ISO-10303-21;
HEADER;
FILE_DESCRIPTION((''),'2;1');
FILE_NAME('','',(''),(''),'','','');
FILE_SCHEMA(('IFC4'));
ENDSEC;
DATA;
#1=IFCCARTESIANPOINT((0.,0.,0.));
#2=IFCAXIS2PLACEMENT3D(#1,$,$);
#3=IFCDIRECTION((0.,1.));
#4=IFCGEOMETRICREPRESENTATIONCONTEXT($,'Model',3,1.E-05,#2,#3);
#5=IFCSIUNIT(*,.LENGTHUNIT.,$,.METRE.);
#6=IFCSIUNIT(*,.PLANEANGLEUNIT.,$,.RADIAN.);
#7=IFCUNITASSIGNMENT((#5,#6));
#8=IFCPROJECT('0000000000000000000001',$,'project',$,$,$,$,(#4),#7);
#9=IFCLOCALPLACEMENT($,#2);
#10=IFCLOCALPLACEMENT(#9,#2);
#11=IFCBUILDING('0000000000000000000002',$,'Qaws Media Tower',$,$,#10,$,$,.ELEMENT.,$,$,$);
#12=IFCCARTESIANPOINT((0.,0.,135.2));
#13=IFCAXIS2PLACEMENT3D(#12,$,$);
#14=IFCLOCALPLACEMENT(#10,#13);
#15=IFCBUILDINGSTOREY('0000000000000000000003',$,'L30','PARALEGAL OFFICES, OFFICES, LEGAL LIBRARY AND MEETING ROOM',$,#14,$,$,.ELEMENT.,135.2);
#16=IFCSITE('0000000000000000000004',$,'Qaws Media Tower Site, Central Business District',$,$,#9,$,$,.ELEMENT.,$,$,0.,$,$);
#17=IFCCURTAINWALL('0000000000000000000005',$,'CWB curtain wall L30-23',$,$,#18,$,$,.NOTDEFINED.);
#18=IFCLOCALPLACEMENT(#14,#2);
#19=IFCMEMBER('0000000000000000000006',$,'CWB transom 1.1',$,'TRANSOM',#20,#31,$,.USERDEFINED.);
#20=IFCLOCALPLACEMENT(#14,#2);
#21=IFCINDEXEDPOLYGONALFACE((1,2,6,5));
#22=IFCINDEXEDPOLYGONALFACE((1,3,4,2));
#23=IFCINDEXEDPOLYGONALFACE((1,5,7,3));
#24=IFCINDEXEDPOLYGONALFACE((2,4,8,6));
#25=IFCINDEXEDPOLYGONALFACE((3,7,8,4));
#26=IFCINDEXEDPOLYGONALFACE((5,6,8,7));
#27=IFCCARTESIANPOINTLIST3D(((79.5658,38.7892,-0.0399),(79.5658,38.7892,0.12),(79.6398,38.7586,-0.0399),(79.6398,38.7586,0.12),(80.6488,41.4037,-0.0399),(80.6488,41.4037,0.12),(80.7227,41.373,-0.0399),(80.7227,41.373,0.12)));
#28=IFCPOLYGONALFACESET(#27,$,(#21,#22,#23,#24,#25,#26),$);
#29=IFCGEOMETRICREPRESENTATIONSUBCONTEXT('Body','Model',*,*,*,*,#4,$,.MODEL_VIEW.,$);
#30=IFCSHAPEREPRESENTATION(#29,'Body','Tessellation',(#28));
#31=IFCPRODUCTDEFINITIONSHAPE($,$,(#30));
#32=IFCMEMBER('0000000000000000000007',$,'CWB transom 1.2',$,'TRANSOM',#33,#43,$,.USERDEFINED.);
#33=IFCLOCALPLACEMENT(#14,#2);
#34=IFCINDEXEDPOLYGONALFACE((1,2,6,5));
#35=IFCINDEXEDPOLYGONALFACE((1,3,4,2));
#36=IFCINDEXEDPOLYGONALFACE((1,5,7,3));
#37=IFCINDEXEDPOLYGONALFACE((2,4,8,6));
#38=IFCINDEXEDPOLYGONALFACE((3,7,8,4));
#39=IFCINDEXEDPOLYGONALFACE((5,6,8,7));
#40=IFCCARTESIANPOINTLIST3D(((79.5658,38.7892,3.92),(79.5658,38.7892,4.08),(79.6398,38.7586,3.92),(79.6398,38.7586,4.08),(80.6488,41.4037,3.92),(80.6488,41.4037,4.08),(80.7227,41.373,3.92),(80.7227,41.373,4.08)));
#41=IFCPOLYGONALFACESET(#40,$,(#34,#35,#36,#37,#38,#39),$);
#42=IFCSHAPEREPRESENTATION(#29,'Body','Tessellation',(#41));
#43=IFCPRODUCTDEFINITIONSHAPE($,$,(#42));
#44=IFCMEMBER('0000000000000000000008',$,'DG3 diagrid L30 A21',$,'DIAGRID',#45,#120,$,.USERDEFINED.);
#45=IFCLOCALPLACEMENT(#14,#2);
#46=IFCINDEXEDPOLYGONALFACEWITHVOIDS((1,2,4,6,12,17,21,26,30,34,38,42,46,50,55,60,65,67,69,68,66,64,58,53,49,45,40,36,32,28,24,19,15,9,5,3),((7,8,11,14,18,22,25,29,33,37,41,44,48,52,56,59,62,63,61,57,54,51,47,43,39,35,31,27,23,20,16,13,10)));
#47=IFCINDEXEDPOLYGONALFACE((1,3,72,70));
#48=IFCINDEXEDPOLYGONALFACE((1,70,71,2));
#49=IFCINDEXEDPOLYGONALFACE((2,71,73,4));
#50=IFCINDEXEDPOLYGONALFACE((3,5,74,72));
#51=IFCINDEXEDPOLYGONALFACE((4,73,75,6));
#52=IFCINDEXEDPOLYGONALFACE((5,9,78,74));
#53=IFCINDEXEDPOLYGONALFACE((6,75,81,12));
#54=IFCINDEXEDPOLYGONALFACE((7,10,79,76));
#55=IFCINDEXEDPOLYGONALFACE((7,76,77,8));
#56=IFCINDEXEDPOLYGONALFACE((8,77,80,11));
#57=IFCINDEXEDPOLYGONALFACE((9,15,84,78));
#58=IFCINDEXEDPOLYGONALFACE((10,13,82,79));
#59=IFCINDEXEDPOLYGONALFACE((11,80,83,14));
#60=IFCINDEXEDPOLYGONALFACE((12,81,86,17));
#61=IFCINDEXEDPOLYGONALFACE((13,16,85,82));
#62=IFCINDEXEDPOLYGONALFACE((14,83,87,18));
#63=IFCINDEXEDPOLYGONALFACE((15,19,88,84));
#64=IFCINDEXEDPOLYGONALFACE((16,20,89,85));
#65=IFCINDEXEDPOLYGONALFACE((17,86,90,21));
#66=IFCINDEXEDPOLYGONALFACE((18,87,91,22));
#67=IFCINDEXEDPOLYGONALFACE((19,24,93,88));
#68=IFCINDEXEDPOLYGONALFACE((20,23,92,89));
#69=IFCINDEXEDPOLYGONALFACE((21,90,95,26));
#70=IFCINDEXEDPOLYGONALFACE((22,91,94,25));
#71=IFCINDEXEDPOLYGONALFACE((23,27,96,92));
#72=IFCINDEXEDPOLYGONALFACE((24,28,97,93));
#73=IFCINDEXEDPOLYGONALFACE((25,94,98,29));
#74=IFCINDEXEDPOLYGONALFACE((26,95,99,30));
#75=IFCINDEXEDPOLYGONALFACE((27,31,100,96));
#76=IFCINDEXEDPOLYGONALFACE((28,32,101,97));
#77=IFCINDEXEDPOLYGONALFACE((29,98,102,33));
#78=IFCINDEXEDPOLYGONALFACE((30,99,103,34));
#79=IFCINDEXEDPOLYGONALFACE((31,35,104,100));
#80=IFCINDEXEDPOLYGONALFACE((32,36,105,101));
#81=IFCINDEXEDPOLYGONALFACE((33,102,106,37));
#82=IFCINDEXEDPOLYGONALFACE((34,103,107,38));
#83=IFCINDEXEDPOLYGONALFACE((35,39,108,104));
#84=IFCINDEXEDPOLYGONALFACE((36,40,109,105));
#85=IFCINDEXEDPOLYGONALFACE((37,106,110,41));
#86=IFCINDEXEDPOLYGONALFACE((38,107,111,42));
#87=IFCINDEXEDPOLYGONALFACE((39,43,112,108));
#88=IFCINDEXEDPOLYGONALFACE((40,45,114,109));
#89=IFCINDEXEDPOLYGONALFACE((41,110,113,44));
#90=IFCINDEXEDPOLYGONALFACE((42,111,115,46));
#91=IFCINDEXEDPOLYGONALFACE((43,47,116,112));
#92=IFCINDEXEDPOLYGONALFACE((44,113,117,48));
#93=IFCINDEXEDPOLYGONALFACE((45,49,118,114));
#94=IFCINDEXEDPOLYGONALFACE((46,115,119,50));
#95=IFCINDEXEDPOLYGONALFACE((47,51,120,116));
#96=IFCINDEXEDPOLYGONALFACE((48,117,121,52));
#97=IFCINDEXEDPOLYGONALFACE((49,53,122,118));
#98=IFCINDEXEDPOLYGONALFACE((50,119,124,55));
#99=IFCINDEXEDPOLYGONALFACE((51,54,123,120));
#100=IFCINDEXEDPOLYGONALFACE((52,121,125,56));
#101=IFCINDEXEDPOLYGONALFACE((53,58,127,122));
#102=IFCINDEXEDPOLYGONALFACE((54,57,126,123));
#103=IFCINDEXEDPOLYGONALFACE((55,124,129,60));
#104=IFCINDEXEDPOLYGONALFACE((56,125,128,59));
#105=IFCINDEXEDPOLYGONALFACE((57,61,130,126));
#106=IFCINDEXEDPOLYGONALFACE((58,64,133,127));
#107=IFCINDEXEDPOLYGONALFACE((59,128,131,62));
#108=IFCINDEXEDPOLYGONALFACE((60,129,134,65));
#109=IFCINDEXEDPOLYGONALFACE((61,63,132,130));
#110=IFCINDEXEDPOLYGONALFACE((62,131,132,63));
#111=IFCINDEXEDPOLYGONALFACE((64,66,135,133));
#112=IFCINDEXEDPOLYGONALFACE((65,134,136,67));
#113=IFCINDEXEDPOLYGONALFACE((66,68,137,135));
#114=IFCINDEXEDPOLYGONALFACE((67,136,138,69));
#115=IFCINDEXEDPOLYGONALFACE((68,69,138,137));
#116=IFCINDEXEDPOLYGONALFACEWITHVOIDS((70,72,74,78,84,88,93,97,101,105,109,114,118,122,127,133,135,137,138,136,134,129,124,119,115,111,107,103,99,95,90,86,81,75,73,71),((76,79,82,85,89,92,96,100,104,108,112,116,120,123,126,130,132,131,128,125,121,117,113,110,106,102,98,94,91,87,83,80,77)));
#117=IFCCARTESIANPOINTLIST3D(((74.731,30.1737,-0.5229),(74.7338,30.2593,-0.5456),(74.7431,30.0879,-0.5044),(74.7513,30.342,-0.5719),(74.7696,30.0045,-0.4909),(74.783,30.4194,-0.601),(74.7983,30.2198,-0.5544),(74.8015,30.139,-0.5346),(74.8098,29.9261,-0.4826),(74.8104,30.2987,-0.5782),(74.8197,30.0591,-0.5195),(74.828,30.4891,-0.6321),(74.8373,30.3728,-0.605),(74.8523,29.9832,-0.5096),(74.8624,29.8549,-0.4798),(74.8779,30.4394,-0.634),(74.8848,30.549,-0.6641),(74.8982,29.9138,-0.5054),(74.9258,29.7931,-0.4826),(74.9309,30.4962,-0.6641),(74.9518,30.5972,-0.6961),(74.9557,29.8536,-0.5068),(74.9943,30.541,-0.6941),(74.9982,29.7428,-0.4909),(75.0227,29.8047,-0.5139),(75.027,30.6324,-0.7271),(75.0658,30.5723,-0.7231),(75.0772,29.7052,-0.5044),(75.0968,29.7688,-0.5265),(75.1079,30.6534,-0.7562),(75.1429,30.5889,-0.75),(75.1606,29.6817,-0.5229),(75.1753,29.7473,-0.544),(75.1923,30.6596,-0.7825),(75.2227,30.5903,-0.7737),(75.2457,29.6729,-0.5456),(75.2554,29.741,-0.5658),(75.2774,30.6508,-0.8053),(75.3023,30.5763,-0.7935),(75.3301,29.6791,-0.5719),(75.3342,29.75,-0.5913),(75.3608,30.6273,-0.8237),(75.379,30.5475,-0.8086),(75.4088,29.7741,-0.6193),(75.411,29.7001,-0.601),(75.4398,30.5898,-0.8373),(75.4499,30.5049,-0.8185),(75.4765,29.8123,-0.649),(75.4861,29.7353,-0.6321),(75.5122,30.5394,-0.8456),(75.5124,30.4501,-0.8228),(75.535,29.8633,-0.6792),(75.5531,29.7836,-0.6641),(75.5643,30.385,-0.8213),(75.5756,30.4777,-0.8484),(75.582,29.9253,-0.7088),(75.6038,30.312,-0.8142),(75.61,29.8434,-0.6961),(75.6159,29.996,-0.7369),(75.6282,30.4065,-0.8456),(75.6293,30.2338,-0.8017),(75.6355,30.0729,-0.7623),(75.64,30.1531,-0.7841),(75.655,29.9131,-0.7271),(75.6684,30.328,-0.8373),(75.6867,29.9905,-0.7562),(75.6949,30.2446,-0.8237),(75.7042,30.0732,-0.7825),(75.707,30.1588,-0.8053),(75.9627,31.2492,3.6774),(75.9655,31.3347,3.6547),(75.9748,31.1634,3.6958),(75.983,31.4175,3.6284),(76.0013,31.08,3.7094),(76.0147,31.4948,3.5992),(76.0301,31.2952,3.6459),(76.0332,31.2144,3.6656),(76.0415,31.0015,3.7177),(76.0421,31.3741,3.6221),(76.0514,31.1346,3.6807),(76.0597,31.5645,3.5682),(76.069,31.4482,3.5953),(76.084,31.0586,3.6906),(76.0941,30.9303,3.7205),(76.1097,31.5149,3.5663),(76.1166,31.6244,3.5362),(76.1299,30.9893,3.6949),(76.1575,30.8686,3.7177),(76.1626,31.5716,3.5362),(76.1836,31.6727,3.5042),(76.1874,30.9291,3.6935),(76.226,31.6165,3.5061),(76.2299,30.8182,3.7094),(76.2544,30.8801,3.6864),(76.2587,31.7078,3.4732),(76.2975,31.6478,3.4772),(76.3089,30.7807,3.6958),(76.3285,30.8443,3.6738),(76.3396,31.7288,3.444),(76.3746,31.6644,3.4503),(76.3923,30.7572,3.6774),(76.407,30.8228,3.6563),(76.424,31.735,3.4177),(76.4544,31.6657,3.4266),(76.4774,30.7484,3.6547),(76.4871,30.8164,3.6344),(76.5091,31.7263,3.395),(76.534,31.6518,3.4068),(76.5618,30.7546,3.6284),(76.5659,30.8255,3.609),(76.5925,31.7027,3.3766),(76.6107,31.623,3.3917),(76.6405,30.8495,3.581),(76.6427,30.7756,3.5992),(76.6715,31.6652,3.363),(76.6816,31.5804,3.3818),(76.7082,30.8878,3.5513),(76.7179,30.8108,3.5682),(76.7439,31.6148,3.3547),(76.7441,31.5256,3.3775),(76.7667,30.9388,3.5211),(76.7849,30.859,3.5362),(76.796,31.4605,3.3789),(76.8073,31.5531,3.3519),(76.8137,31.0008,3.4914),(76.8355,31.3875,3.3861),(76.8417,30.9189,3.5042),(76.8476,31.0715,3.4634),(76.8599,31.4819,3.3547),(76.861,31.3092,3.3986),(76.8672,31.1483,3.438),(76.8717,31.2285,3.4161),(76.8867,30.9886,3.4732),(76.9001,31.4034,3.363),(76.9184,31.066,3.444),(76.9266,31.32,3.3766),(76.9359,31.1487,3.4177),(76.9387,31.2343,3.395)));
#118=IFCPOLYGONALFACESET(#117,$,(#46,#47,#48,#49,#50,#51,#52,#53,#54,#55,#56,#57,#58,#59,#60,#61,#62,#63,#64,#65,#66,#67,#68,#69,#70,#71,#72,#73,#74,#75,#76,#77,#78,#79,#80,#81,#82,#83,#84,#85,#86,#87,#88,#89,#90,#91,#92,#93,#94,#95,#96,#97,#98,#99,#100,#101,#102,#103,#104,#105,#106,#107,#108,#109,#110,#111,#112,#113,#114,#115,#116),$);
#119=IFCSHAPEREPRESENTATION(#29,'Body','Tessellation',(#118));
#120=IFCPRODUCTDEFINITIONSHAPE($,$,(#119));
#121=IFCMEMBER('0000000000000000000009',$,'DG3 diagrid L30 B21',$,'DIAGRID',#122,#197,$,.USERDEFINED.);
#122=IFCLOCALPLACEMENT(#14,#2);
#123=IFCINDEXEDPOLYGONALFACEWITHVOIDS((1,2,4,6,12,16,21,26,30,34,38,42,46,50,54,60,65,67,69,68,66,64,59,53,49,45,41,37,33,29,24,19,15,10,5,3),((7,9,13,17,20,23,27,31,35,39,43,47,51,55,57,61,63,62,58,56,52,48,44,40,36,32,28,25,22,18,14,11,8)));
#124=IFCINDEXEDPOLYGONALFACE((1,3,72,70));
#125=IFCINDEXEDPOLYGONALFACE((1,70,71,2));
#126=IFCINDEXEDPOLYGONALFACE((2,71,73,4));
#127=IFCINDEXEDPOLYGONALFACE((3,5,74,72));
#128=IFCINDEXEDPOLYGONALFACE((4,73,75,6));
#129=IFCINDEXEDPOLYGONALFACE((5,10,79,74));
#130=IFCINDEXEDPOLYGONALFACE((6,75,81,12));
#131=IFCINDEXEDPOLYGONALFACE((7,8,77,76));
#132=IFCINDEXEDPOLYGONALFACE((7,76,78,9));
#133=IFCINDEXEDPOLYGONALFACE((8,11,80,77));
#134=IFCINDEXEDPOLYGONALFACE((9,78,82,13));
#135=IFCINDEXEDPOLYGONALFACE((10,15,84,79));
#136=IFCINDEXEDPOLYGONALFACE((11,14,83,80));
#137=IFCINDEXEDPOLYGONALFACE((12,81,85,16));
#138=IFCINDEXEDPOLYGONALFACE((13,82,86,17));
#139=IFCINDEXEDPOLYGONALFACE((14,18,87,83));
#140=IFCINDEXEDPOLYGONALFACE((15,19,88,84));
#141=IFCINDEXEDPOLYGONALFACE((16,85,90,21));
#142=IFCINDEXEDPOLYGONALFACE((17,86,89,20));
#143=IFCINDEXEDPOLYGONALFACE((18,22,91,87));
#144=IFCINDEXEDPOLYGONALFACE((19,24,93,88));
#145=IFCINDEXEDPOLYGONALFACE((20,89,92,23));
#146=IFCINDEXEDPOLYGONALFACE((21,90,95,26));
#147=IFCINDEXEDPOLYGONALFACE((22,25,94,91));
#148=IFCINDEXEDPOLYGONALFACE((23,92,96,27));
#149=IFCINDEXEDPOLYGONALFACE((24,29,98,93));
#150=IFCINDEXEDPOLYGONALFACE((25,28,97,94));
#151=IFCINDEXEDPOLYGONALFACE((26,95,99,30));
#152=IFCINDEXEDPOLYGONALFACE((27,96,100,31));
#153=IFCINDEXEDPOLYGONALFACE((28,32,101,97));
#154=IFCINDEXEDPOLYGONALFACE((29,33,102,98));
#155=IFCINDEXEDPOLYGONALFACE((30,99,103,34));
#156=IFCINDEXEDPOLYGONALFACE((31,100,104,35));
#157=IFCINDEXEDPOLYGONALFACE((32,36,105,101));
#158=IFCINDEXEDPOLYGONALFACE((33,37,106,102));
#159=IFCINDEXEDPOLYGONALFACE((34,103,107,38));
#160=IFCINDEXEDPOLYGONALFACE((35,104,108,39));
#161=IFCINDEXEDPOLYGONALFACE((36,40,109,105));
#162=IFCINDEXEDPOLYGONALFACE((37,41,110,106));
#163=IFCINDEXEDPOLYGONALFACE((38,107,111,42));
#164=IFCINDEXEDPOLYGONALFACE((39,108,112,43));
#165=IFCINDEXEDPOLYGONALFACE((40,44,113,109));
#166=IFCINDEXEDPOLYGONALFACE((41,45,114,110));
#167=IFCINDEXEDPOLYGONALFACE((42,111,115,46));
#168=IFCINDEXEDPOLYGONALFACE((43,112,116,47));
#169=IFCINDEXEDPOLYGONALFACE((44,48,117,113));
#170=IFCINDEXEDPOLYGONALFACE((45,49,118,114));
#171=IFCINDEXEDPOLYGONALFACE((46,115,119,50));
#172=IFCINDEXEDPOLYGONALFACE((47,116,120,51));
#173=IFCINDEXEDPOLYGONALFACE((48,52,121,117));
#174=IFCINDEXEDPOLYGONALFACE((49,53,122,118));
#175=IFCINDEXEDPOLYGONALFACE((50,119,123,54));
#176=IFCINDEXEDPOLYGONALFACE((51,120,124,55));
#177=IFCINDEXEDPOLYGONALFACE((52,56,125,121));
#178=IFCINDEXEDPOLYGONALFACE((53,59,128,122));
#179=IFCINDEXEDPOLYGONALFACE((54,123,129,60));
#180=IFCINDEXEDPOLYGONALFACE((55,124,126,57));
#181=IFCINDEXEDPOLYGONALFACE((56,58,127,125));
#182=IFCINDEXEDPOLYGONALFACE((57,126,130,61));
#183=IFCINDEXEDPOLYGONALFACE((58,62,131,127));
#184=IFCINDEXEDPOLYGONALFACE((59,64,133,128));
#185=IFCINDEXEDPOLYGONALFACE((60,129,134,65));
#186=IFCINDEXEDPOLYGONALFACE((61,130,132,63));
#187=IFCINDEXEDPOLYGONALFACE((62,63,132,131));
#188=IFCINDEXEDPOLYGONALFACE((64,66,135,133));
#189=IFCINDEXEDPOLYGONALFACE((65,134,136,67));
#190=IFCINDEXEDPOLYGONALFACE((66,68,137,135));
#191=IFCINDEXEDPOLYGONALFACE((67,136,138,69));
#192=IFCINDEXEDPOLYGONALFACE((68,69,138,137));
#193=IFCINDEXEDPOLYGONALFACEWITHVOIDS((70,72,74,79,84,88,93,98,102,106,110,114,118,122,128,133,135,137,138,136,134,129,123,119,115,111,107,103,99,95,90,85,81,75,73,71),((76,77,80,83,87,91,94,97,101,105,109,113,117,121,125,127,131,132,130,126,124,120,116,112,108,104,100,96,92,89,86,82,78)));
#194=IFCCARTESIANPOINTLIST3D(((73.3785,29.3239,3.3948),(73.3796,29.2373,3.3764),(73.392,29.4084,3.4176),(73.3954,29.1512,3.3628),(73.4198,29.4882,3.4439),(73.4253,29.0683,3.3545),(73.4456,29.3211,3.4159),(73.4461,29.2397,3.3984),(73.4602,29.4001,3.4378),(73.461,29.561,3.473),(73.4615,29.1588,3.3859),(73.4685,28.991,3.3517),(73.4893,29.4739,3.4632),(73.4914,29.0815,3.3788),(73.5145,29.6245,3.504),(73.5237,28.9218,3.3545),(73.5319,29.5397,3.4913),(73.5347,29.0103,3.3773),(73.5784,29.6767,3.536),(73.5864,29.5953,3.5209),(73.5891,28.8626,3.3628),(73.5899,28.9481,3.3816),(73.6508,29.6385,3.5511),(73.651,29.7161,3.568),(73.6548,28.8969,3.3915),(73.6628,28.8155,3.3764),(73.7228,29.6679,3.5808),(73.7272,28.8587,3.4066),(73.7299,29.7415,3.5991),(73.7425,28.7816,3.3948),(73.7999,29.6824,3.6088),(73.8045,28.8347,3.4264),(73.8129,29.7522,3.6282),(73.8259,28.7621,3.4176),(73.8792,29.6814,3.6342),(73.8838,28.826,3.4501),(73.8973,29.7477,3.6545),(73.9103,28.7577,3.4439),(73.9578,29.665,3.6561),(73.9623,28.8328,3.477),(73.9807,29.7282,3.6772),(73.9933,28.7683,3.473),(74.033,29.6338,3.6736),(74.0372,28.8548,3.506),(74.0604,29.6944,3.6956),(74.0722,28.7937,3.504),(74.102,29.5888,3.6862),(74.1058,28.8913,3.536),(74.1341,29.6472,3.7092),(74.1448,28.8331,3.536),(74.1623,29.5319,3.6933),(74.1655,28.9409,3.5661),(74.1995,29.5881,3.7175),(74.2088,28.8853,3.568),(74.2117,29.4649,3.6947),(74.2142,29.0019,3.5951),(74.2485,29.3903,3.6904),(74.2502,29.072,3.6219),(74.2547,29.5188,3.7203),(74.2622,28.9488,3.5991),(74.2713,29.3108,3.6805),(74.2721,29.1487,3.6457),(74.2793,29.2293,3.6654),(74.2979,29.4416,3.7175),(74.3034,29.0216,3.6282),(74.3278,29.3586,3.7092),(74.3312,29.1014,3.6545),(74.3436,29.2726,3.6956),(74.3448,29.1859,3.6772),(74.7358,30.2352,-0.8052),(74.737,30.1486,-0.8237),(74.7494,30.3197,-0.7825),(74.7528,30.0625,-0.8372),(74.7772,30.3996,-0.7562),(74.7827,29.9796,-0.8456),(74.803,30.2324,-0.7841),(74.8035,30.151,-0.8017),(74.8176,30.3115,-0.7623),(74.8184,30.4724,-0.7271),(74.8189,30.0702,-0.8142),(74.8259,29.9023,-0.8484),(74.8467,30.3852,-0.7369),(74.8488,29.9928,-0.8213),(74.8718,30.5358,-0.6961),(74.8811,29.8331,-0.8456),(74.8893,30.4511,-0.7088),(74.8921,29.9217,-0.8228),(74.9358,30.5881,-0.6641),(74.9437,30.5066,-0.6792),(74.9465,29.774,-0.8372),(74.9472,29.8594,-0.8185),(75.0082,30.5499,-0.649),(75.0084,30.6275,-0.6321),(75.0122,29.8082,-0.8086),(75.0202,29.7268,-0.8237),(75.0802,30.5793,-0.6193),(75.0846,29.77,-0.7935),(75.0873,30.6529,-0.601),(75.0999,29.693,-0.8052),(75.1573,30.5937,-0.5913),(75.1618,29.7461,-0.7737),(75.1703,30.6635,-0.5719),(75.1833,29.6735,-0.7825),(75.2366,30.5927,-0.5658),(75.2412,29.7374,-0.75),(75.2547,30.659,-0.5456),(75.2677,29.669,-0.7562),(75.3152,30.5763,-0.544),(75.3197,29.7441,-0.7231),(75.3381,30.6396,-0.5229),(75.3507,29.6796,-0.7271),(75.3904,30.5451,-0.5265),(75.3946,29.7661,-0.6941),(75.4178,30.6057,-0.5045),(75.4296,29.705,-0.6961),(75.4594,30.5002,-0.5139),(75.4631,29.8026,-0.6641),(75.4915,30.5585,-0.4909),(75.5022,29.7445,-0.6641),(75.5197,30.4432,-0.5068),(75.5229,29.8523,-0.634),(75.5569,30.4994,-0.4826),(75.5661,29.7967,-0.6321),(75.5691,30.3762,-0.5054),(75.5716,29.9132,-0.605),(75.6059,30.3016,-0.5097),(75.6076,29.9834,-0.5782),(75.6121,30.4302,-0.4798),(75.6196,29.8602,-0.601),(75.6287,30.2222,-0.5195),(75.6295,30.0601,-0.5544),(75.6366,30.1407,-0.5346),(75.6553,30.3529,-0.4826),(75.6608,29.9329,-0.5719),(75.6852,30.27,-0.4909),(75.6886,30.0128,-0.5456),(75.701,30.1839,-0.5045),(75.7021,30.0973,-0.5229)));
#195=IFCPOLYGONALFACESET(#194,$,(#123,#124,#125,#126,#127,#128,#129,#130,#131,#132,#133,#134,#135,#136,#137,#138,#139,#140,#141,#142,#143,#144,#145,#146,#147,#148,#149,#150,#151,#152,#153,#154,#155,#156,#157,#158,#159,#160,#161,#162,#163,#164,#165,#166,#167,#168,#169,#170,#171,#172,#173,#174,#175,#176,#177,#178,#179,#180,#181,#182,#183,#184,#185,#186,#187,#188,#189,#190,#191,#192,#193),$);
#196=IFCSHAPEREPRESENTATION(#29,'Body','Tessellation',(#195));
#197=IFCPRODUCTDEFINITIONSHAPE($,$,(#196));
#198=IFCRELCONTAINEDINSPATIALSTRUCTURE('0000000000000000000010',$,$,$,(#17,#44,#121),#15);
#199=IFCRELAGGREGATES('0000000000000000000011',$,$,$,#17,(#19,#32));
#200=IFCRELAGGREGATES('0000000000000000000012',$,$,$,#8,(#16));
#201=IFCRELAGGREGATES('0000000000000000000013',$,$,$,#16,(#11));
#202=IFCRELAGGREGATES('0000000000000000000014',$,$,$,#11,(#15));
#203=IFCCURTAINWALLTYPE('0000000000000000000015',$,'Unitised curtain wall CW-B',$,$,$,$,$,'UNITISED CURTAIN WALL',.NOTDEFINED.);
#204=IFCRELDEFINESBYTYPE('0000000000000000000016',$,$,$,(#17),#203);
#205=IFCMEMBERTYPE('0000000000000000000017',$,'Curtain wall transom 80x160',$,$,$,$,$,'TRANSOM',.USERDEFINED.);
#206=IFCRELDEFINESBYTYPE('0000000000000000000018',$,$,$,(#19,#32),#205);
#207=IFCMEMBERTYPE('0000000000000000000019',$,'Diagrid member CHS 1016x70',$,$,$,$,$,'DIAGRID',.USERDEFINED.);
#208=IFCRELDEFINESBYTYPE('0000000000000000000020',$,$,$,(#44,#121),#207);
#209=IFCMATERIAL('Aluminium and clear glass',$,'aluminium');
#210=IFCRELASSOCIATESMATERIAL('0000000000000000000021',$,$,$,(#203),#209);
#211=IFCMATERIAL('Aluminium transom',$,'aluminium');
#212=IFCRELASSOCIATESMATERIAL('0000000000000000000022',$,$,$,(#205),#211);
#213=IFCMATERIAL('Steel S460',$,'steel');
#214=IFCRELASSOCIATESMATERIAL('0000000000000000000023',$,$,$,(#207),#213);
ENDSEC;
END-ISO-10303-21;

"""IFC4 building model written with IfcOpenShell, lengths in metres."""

from ifc_helpers import new_model, si_unit, direction, frame, origin, origin_2d, place, context, subcontext, project, spatial, rectangle, hollow_circle, extrude, material, material_profile, profile_set, type_object, element, aggregate, save


model = new_model("IFC4")

# Units and contexts
model_context = context("Model", 3, precision=1e-05, world=origin(), true_north=direction((0.0, 1.0)))
body_context = subcontext(model_context, "Body", "Model", "MODEL_VIEW")
ifc_project = project(units=[si_unit("LENGTHUNIT", "METRE"), si_unit("PLANEANGLEUNIT", "RADIAN")], contexts=[model_context])

# Site, building, storey
site_placement = place(None, origin())
site = spatial("IfcSite", under=ifc_project, at=site_placement, Name="Qaws Media Tower Site, Central Business District", CompositionType="ELEMENT", RefElevation=0.0)
building_placement = place(site_placement, origin())
building = spatial("IfcBuilding", under=site, at=building_placement, Name="Qaws Media Tower", CompositionType="ELEMENT")
storey_placement = place(building_placement, frame((0.0, 0.0, 135.2)))
storey = spatial("IfcBuildingStorey", under=building, at=storey_placement, Name="L30", Description="PARALEGAL OFFICES, OFFICES, LEGAL LIBRARY AND MEETING ROOM", CompositionType="ELEMENT", Elevation=135.2)

# Shared definitions
ifc_material_1 = material(Name="Aluminium and clear glass", Category="aluminium")
curtain_wall_type = type_object("IfcCurtainWallType", Name="Unitised curtain wall CW-B", ElementType="UNITISED CURTAIN WALL", PredefinedType="NOTDEFINED", material=ifc_material_1)

# Curtain wall
curtain_wall_1_placement = place(storey_placement, origin())
curtain_wall_1 = element("IfcCurtainWall", 1, at=curtain_wall_1_placement, inside=storey, type_object=curtain_wall_type, Name="CWB curtain wall L30-23", PredefinedType="NOTDEFINED")

# Members
ifc_material_2 = material(Name="Aluminium transom", Category="aluminium")
ifc_material_profile_1 = material_profile(ifc_material_2, rectangle(XDim=0.0801, YDim=0.1599, at=origin_2d()), Name="80x160")
ifc_profile_set_1 = profile_set([ifc_material_profile_1], Name="Aluminium transom")
member_type_1 = type_object("IfcMemberType", Name="Curtain wall transom 80x160", ElementType="TRANSOM", PredefinedType="USERDEFINED", material=ifc_profile_set_1)
member_1_placement = place(storey_placement, frame((79.6028, 38.7739, 0.04), z_axis=(0.382697, 0.923874, 0.0), x_axis=(-0.923874, 0.382697, 0.0)))
member_1 = element("IfcMember", 2, at=member_1_placement, type_object=member_type_1, Name="CWB transom 1.1", ObjectType="TRANSOM", PredefinedType="USERDEFINED", context=body_context, shape_type="SweptSolid", body=[
    extrude(rectangle(XDim=0.0801, YDim=0.1599, at=origin_2d()), origin(), (0.0, 0.0, 1.0), 2.8298),
])
member_2_placement = place(storey_placement, frame((79.6028, 38.7739, 4.0), z_axis=(0.382697, 0.923874, 0.0), x_axis=(-0.923874, 0.382697, 0.0)))
member_2 = element("IfcMember", 3, at=member_2_placement, type_object=member_type_1, Name="CWB transom 1.2", ObjectType="TRANSOM", PredefinedType="USERDEFINED", context=body_context, shape_type="SweptSolid", body=[
    extrude(rectangle(XDim=0.0801, YDim=0.1599, at=origin_2d()), origin(), (0.0, 0.0, 1.0), 2.8298),
])
aggregate(curtain_wall_1, [member_1, member_2])

# Members
ifc_material_3 = material(Name="Steel S460", Category="steel")
ifc_material_profile_2 = material_profile(ifc_material_3, hollow_circle(Radius=0.5081, WallThickness=0.0701, at=origin_2d()), Name="CHS 1016x70")
ifc_profile_set_2 = profile_set([ifc_material_profile_2], Name="Steel S460")
member_type_2 = type_object("IfcMemberType", Name="Diagrid member CHS 1016x70", ElementType="DIAGRID", PredefinedType="USERDEFINED", material=ifc_profile_set_2)
member_3_placement = place(storey_placement, frame((75.219, 30.1663, -0.6641), z_axis=(0.273269, 0.238602, 0.931876), x_axis=(-0.657711, 0.75327, 0.0)))
element("IfcMember", 4, at=member_3_placement, inside=storey, type_object=member_type_2, Name="DG3 diagrid L30 A21", ObjectType="DIAGRID", PredefinedType="USERDEFINED", context=body_context, shape_type="SweptSolid", body=[
    extrude(hollow_circle(Radius=0.5081, WallThickness=0.0701, at=origin_2d()), origin(), (0.0, 0.0, 1.0), 4.5073),
])
for number, where, z_axis, x_axis, name in (
    (5, (75.219, 30.1663, -0.6641), (-0.301168, -0.202205, 0.931886), (0.557419, -0.830231, 0.0), "DG3 diagrid L30 B21"),
):
    element("IfcMember", number, at=place(storey_placement, frame(where, z_axis=z_axis, x_axis=x_axis)), inside=storey, type_object=member_type_2, Name=name, ObjectType="DIAGRID", PredefinedType="USERDEFINED", context=body_context, shape_type="SweptSolid", body=[
        extrude(hollow_circle(Radius=0.5081, WallThickness=0.0701, at=origin_2d()), origin(), (0.0, 0.0, 1.0), 4.5071),
    ])

save(model, "model.ifc")
